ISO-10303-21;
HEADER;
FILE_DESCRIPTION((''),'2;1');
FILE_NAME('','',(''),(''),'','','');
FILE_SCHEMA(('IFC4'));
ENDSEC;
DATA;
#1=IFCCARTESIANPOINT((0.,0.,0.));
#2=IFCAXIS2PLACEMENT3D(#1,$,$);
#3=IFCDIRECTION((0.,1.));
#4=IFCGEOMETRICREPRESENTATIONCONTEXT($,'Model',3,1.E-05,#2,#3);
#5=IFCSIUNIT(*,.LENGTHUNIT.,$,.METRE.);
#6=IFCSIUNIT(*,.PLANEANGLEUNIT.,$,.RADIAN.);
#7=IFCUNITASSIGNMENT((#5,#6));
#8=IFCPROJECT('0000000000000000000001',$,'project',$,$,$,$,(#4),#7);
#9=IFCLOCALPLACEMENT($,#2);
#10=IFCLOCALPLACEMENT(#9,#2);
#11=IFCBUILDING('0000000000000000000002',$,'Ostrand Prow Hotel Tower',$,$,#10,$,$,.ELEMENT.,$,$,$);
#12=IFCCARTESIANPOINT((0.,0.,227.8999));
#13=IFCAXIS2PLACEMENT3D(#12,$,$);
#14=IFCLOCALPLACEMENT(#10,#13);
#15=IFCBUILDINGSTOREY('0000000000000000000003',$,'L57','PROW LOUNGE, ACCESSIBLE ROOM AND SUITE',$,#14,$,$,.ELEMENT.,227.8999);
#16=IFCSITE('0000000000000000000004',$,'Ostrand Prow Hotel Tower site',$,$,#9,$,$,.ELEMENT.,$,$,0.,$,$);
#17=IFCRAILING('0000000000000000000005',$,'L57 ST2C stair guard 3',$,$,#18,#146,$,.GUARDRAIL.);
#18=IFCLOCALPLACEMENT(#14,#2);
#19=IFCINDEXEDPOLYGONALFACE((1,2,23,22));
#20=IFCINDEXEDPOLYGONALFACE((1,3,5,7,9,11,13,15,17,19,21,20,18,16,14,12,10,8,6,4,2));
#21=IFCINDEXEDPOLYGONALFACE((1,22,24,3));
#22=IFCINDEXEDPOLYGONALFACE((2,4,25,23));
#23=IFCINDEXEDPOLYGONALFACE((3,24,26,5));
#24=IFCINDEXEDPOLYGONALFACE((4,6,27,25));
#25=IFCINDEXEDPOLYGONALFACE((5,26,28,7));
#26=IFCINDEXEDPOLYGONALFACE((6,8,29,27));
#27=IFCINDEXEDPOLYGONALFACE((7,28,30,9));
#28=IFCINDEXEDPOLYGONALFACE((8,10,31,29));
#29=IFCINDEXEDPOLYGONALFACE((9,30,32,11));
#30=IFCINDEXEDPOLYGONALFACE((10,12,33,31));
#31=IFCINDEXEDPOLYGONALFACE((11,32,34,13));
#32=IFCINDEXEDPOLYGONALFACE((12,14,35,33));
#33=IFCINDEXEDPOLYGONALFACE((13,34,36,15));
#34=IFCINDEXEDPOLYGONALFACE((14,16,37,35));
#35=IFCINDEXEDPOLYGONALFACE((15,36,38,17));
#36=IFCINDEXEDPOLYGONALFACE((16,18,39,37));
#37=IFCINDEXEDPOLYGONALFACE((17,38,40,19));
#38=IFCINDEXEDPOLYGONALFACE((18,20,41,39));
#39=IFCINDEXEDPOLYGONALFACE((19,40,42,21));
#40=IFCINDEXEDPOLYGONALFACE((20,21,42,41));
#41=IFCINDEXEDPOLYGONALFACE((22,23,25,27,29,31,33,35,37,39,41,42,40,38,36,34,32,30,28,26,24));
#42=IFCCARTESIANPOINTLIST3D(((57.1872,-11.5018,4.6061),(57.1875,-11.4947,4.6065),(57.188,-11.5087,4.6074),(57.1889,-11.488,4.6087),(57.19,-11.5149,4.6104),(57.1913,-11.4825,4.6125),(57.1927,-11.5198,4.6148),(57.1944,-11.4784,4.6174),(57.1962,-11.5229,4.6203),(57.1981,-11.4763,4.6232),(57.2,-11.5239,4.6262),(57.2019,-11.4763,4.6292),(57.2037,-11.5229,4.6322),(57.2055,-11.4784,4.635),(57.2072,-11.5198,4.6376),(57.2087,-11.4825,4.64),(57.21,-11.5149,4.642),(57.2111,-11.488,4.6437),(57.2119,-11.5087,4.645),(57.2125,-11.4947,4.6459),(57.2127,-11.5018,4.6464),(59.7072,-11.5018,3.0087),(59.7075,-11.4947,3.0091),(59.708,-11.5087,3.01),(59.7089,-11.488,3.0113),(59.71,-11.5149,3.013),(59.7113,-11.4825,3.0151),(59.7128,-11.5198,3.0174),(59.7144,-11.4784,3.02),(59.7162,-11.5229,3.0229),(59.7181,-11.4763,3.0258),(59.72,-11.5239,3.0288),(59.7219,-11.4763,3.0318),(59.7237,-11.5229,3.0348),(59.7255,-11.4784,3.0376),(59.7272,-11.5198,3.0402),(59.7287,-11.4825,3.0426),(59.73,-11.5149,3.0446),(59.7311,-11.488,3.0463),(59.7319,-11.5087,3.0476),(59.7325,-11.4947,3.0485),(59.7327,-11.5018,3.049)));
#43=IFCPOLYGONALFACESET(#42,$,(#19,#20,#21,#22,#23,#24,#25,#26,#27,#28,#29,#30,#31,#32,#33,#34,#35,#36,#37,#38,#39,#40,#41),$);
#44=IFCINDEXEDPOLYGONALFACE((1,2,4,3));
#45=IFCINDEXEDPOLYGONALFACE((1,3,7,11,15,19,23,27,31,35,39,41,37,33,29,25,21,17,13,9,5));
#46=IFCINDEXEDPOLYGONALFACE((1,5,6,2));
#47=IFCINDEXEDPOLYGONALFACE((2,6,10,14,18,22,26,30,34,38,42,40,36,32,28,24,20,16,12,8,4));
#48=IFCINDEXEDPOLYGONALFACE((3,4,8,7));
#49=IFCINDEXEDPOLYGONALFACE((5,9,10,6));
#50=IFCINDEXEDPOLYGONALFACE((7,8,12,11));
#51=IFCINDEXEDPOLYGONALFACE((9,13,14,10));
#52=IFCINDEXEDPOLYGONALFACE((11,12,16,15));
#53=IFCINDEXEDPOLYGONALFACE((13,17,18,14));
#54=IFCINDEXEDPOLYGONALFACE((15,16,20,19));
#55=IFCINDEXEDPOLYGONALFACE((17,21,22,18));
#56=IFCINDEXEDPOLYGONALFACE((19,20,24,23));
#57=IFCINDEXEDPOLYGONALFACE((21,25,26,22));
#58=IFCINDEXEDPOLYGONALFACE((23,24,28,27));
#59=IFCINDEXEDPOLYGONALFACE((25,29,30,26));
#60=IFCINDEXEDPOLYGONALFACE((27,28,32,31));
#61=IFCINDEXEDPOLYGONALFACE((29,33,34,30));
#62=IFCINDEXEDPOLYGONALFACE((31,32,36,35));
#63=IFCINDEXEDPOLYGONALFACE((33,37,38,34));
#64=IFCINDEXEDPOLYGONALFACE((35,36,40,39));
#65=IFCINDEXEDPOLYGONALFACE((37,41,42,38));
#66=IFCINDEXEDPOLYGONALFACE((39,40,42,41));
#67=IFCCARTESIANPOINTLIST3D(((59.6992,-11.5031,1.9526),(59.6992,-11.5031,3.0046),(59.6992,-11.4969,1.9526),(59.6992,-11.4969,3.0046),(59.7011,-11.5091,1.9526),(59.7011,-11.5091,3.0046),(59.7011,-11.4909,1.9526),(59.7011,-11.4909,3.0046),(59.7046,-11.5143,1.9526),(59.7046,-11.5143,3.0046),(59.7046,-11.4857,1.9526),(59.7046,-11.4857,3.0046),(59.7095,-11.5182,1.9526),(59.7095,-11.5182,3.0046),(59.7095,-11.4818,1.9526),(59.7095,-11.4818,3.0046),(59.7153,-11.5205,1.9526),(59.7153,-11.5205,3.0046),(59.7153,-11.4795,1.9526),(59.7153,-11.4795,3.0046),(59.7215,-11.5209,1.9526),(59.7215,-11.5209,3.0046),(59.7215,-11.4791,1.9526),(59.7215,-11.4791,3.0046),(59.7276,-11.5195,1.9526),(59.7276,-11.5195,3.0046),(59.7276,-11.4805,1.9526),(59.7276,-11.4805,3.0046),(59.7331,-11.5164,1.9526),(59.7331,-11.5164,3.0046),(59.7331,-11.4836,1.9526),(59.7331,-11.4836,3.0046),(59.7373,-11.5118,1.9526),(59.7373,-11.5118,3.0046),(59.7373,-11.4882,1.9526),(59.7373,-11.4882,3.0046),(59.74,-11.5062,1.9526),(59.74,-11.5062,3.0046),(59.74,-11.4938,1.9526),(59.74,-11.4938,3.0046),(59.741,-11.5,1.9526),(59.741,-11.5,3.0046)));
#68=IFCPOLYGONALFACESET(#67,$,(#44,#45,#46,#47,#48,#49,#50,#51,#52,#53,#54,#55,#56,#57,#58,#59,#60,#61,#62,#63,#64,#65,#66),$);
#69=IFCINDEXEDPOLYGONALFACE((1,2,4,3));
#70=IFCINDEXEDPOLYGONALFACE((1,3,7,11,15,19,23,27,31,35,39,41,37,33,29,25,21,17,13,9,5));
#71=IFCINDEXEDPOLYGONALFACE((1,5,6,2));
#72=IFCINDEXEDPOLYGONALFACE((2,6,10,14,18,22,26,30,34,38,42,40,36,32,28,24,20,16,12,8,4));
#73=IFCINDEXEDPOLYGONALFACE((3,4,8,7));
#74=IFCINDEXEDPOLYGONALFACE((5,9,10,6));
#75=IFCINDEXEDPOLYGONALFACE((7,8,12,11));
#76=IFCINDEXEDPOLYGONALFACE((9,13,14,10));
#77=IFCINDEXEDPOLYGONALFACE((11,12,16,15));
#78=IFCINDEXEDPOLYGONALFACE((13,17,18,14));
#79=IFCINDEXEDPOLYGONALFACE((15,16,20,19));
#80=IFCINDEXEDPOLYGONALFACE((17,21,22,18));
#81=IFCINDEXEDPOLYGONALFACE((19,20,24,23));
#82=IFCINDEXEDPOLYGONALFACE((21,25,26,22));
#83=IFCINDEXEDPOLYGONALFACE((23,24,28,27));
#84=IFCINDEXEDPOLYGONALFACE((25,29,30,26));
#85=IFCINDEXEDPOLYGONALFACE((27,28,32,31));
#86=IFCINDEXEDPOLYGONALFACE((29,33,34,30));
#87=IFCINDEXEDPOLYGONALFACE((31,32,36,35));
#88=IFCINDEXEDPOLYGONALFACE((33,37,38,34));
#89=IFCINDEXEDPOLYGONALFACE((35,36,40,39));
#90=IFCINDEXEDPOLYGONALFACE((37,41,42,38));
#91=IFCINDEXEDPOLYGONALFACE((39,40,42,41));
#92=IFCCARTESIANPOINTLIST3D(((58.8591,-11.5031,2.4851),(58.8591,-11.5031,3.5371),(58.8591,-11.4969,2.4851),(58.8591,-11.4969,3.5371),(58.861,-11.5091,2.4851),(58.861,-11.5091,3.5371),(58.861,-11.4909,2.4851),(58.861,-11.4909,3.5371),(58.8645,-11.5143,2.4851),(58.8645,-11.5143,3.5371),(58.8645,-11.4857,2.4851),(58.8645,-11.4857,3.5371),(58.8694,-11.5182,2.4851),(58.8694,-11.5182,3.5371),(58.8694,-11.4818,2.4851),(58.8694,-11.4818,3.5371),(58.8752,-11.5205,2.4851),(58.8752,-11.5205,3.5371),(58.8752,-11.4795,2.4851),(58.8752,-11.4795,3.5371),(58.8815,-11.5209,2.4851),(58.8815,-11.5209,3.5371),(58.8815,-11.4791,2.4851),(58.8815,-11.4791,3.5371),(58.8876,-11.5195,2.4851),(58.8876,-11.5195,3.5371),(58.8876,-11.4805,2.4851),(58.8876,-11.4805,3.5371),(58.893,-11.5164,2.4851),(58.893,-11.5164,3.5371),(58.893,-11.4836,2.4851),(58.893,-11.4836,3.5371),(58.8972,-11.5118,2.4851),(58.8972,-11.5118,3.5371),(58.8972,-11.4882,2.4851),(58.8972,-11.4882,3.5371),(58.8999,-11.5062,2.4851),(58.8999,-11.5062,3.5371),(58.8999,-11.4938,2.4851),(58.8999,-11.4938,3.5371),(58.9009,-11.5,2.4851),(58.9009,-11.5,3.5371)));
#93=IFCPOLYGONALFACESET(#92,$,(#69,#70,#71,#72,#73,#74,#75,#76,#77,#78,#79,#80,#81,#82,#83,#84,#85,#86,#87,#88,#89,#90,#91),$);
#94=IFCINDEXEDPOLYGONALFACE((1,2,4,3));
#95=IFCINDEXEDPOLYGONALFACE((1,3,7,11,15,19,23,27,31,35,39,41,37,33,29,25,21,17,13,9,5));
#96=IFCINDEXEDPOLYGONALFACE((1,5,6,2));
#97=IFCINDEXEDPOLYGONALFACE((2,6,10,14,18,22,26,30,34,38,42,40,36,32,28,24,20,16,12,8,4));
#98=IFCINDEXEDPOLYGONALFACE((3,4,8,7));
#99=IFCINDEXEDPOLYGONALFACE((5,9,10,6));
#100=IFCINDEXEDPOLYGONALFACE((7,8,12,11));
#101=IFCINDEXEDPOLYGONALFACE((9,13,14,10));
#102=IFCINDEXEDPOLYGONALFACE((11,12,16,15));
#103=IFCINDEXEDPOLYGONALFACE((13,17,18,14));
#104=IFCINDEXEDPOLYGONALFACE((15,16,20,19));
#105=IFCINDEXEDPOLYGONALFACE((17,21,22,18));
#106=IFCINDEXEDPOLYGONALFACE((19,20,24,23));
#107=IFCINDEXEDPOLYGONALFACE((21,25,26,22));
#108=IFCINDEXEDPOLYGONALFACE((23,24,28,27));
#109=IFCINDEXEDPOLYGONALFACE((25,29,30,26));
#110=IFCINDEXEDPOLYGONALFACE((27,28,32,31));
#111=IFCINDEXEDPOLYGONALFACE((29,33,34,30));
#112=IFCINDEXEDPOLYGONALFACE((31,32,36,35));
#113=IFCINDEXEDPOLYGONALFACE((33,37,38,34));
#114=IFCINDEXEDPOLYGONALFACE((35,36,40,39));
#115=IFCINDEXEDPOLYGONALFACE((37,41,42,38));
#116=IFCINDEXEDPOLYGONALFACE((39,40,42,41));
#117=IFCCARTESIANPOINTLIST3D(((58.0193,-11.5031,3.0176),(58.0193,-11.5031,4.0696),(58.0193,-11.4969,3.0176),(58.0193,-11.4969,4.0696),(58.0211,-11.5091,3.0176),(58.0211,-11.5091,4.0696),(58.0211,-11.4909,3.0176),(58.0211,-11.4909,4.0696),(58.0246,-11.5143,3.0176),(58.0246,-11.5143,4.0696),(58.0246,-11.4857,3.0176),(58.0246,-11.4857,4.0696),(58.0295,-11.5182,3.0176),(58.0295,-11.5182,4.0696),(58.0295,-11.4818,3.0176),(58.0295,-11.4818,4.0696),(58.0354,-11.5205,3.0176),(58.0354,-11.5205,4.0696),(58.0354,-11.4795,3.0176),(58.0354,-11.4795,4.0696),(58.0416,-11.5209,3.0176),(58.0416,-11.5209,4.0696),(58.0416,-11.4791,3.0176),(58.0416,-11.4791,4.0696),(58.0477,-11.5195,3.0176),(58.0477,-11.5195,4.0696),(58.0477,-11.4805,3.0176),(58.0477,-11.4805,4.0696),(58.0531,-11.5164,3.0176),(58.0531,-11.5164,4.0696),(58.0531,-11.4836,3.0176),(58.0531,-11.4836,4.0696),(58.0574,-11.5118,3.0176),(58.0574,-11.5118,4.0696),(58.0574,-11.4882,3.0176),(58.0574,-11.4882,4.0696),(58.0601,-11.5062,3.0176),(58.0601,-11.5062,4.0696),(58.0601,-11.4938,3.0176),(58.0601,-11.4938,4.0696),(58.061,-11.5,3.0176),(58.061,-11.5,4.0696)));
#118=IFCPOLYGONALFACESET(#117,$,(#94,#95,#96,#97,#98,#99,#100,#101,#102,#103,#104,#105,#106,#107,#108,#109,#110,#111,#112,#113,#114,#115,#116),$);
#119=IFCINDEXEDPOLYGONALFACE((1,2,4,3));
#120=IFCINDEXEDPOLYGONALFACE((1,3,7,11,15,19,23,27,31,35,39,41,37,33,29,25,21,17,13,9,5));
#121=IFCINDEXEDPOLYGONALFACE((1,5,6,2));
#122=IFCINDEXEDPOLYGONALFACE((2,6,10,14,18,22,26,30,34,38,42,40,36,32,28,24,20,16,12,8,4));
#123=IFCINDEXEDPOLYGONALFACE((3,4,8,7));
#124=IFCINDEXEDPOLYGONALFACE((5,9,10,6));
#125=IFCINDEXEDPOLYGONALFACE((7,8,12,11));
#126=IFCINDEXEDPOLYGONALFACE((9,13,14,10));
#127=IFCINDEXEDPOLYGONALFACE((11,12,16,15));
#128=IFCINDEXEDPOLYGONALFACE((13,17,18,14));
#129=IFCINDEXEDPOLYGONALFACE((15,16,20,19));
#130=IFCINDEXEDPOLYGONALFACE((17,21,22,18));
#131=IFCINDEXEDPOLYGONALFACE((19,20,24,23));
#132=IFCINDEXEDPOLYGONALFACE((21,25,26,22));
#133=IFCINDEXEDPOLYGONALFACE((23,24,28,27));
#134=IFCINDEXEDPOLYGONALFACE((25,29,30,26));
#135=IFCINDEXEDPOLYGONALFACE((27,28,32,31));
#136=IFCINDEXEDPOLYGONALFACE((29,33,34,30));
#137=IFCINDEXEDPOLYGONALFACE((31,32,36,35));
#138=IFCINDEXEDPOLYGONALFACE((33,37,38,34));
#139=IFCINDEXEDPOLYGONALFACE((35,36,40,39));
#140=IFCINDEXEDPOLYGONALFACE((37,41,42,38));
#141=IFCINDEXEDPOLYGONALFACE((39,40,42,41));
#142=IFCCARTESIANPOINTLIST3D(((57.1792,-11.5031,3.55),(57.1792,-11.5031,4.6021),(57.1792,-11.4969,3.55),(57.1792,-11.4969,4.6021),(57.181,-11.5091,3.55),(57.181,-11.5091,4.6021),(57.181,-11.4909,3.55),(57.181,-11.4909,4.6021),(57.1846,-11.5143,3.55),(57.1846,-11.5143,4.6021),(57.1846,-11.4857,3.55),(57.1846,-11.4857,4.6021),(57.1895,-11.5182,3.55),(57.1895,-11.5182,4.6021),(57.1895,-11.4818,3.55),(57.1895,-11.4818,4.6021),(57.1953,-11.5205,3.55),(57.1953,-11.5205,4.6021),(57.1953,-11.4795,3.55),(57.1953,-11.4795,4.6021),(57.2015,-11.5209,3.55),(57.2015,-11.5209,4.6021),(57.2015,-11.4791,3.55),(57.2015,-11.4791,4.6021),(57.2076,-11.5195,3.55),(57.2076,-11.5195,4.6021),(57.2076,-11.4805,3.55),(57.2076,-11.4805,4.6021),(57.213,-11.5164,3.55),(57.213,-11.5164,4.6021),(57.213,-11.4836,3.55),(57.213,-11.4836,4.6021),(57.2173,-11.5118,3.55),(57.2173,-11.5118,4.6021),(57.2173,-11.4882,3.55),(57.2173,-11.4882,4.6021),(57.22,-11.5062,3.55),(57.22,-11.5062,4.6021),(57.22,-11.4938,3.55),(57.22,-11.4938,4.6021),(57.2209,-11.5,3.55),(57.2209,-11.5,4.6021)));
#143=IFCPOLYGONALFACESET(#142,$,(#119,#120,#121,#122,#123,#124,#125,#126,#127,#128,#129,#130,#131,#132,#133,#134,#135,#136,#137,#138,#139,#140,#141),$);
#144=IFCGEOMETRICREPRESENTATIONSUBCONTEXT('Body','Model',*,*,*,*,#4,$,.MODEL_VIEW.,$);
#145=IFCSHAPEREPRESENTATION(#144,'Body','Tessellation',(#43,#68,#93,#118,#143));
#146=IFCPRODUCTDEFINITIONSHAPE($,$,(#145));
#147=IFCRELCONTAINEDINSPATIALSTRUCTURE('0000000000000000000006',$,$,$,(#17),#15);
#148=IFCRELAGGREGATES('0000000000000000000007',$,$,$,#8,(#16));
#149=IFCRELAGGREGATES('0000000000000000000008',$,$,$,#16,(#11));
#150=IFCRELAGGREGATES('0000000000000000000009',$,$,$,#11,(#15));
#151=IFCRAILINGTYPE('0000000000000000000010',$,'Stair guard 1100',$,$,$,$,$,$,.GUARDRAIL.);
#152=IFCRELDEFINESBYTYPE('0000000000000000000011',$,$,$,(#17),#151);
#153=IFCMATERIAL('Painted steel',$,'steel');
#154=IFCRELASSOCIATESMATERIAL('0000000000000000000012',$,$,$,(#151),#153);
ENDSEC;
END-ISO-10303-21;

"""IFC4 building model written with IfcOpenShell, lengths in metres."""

from ifc_helpers import new_model, si_unit, direction, frame, origin, origin_2d, place, context, subcontext, project, spatial, circle, extrude, material, type_object, element, save


model = new_model("IFC4")

# Units and contexts
model_context = context("Model", 3, precision=1e-05, world=origin(), true_north=direction((0.0, 1.0)))
body_context = subcontext(model_context, "Body", "Model", "MODEL_VIEW")
ifc_project = project(units=[si_unit("LENGTHUNIT", "METRE"), si_unit("PLANEANGLEUNIT", "RADIAN")], contexts=[model_context])

# Site, building, storey
site_placement = place(None, origin())
site = spatial("IfcSite", under=ifc_project, at=site_placement, Name="Ostrand Prow Hotel Tower site", CompositionType="ELEMENT", RefElevation=0.0)
building_placement = place(site_placement, origin())
building = spatial("IfcBuilding", under=site, at=building_placement, Name="Ostrand Prow Hotel Tower", CompositionType="ELEMENT")
storey_placement = place(building_placement, frame((0.0, 0.0, 227.8999)))
storey = spatial("IfcBuildingStorey", under=building, at=storey_placement, Name="L57", Description="PROW LOUNGE, ACCESSIBLE ROOM AND SUITE", CompositionType="ELEMENT", Elevation=227.8999)

# Railing
ifc_material_1 = material(Name="Painted steel", Category="steel")
railing_type_1 = type_object("IfcRailingType", Name="Stair guard 1100", PredefinedType="GUARDRAIL", material=ifc_material_1)
railing_1_placement = place(storey_placement, frame((59.72, -11.5, 1.9526)))
element("IfcRailing", 1, at=railing_1_placement, inside=storey, type_object=railing_type_1, Name="L57 ST2C stair guard 3", PredefinedType="GUARDRAIL", context=body_context, shape_type="SweptSolid", body=[
    extrude(circle(Radius=0.0239, at=origin_2d()), frame((0.0, 0.0, 1.0762), z_axis=(-0.844607, 0.0, 0.535387), x_axis=(0.0, -1.0, 0.0)), (0.0, 0.0, 1.0), 2.9836),
    extrude(circle(Radius=0.021, at=origin_2d()), origin(), (0.0, 0.0, 1.0), 1.052),
    extrude(circle(Radius=0.021, at=origin_2d()), frame((-0.8401, 0.0, 0.5325)), (0.0, 0.0, 1.0), 1.052),
    extrude(circle(Radius=0.021, at=origin_2d()), frame((-1.6799, 0.0, 1.0649)), (0.0, 0.0, 1.0), 1.052),
    extrude(circle(Radius=0.021, at=origin_2d()), frame((-2.52, 0.0, 1.5974)), (0.0, 0.0, 1.0), 1.052),
])

save(model, "model.ifc")
